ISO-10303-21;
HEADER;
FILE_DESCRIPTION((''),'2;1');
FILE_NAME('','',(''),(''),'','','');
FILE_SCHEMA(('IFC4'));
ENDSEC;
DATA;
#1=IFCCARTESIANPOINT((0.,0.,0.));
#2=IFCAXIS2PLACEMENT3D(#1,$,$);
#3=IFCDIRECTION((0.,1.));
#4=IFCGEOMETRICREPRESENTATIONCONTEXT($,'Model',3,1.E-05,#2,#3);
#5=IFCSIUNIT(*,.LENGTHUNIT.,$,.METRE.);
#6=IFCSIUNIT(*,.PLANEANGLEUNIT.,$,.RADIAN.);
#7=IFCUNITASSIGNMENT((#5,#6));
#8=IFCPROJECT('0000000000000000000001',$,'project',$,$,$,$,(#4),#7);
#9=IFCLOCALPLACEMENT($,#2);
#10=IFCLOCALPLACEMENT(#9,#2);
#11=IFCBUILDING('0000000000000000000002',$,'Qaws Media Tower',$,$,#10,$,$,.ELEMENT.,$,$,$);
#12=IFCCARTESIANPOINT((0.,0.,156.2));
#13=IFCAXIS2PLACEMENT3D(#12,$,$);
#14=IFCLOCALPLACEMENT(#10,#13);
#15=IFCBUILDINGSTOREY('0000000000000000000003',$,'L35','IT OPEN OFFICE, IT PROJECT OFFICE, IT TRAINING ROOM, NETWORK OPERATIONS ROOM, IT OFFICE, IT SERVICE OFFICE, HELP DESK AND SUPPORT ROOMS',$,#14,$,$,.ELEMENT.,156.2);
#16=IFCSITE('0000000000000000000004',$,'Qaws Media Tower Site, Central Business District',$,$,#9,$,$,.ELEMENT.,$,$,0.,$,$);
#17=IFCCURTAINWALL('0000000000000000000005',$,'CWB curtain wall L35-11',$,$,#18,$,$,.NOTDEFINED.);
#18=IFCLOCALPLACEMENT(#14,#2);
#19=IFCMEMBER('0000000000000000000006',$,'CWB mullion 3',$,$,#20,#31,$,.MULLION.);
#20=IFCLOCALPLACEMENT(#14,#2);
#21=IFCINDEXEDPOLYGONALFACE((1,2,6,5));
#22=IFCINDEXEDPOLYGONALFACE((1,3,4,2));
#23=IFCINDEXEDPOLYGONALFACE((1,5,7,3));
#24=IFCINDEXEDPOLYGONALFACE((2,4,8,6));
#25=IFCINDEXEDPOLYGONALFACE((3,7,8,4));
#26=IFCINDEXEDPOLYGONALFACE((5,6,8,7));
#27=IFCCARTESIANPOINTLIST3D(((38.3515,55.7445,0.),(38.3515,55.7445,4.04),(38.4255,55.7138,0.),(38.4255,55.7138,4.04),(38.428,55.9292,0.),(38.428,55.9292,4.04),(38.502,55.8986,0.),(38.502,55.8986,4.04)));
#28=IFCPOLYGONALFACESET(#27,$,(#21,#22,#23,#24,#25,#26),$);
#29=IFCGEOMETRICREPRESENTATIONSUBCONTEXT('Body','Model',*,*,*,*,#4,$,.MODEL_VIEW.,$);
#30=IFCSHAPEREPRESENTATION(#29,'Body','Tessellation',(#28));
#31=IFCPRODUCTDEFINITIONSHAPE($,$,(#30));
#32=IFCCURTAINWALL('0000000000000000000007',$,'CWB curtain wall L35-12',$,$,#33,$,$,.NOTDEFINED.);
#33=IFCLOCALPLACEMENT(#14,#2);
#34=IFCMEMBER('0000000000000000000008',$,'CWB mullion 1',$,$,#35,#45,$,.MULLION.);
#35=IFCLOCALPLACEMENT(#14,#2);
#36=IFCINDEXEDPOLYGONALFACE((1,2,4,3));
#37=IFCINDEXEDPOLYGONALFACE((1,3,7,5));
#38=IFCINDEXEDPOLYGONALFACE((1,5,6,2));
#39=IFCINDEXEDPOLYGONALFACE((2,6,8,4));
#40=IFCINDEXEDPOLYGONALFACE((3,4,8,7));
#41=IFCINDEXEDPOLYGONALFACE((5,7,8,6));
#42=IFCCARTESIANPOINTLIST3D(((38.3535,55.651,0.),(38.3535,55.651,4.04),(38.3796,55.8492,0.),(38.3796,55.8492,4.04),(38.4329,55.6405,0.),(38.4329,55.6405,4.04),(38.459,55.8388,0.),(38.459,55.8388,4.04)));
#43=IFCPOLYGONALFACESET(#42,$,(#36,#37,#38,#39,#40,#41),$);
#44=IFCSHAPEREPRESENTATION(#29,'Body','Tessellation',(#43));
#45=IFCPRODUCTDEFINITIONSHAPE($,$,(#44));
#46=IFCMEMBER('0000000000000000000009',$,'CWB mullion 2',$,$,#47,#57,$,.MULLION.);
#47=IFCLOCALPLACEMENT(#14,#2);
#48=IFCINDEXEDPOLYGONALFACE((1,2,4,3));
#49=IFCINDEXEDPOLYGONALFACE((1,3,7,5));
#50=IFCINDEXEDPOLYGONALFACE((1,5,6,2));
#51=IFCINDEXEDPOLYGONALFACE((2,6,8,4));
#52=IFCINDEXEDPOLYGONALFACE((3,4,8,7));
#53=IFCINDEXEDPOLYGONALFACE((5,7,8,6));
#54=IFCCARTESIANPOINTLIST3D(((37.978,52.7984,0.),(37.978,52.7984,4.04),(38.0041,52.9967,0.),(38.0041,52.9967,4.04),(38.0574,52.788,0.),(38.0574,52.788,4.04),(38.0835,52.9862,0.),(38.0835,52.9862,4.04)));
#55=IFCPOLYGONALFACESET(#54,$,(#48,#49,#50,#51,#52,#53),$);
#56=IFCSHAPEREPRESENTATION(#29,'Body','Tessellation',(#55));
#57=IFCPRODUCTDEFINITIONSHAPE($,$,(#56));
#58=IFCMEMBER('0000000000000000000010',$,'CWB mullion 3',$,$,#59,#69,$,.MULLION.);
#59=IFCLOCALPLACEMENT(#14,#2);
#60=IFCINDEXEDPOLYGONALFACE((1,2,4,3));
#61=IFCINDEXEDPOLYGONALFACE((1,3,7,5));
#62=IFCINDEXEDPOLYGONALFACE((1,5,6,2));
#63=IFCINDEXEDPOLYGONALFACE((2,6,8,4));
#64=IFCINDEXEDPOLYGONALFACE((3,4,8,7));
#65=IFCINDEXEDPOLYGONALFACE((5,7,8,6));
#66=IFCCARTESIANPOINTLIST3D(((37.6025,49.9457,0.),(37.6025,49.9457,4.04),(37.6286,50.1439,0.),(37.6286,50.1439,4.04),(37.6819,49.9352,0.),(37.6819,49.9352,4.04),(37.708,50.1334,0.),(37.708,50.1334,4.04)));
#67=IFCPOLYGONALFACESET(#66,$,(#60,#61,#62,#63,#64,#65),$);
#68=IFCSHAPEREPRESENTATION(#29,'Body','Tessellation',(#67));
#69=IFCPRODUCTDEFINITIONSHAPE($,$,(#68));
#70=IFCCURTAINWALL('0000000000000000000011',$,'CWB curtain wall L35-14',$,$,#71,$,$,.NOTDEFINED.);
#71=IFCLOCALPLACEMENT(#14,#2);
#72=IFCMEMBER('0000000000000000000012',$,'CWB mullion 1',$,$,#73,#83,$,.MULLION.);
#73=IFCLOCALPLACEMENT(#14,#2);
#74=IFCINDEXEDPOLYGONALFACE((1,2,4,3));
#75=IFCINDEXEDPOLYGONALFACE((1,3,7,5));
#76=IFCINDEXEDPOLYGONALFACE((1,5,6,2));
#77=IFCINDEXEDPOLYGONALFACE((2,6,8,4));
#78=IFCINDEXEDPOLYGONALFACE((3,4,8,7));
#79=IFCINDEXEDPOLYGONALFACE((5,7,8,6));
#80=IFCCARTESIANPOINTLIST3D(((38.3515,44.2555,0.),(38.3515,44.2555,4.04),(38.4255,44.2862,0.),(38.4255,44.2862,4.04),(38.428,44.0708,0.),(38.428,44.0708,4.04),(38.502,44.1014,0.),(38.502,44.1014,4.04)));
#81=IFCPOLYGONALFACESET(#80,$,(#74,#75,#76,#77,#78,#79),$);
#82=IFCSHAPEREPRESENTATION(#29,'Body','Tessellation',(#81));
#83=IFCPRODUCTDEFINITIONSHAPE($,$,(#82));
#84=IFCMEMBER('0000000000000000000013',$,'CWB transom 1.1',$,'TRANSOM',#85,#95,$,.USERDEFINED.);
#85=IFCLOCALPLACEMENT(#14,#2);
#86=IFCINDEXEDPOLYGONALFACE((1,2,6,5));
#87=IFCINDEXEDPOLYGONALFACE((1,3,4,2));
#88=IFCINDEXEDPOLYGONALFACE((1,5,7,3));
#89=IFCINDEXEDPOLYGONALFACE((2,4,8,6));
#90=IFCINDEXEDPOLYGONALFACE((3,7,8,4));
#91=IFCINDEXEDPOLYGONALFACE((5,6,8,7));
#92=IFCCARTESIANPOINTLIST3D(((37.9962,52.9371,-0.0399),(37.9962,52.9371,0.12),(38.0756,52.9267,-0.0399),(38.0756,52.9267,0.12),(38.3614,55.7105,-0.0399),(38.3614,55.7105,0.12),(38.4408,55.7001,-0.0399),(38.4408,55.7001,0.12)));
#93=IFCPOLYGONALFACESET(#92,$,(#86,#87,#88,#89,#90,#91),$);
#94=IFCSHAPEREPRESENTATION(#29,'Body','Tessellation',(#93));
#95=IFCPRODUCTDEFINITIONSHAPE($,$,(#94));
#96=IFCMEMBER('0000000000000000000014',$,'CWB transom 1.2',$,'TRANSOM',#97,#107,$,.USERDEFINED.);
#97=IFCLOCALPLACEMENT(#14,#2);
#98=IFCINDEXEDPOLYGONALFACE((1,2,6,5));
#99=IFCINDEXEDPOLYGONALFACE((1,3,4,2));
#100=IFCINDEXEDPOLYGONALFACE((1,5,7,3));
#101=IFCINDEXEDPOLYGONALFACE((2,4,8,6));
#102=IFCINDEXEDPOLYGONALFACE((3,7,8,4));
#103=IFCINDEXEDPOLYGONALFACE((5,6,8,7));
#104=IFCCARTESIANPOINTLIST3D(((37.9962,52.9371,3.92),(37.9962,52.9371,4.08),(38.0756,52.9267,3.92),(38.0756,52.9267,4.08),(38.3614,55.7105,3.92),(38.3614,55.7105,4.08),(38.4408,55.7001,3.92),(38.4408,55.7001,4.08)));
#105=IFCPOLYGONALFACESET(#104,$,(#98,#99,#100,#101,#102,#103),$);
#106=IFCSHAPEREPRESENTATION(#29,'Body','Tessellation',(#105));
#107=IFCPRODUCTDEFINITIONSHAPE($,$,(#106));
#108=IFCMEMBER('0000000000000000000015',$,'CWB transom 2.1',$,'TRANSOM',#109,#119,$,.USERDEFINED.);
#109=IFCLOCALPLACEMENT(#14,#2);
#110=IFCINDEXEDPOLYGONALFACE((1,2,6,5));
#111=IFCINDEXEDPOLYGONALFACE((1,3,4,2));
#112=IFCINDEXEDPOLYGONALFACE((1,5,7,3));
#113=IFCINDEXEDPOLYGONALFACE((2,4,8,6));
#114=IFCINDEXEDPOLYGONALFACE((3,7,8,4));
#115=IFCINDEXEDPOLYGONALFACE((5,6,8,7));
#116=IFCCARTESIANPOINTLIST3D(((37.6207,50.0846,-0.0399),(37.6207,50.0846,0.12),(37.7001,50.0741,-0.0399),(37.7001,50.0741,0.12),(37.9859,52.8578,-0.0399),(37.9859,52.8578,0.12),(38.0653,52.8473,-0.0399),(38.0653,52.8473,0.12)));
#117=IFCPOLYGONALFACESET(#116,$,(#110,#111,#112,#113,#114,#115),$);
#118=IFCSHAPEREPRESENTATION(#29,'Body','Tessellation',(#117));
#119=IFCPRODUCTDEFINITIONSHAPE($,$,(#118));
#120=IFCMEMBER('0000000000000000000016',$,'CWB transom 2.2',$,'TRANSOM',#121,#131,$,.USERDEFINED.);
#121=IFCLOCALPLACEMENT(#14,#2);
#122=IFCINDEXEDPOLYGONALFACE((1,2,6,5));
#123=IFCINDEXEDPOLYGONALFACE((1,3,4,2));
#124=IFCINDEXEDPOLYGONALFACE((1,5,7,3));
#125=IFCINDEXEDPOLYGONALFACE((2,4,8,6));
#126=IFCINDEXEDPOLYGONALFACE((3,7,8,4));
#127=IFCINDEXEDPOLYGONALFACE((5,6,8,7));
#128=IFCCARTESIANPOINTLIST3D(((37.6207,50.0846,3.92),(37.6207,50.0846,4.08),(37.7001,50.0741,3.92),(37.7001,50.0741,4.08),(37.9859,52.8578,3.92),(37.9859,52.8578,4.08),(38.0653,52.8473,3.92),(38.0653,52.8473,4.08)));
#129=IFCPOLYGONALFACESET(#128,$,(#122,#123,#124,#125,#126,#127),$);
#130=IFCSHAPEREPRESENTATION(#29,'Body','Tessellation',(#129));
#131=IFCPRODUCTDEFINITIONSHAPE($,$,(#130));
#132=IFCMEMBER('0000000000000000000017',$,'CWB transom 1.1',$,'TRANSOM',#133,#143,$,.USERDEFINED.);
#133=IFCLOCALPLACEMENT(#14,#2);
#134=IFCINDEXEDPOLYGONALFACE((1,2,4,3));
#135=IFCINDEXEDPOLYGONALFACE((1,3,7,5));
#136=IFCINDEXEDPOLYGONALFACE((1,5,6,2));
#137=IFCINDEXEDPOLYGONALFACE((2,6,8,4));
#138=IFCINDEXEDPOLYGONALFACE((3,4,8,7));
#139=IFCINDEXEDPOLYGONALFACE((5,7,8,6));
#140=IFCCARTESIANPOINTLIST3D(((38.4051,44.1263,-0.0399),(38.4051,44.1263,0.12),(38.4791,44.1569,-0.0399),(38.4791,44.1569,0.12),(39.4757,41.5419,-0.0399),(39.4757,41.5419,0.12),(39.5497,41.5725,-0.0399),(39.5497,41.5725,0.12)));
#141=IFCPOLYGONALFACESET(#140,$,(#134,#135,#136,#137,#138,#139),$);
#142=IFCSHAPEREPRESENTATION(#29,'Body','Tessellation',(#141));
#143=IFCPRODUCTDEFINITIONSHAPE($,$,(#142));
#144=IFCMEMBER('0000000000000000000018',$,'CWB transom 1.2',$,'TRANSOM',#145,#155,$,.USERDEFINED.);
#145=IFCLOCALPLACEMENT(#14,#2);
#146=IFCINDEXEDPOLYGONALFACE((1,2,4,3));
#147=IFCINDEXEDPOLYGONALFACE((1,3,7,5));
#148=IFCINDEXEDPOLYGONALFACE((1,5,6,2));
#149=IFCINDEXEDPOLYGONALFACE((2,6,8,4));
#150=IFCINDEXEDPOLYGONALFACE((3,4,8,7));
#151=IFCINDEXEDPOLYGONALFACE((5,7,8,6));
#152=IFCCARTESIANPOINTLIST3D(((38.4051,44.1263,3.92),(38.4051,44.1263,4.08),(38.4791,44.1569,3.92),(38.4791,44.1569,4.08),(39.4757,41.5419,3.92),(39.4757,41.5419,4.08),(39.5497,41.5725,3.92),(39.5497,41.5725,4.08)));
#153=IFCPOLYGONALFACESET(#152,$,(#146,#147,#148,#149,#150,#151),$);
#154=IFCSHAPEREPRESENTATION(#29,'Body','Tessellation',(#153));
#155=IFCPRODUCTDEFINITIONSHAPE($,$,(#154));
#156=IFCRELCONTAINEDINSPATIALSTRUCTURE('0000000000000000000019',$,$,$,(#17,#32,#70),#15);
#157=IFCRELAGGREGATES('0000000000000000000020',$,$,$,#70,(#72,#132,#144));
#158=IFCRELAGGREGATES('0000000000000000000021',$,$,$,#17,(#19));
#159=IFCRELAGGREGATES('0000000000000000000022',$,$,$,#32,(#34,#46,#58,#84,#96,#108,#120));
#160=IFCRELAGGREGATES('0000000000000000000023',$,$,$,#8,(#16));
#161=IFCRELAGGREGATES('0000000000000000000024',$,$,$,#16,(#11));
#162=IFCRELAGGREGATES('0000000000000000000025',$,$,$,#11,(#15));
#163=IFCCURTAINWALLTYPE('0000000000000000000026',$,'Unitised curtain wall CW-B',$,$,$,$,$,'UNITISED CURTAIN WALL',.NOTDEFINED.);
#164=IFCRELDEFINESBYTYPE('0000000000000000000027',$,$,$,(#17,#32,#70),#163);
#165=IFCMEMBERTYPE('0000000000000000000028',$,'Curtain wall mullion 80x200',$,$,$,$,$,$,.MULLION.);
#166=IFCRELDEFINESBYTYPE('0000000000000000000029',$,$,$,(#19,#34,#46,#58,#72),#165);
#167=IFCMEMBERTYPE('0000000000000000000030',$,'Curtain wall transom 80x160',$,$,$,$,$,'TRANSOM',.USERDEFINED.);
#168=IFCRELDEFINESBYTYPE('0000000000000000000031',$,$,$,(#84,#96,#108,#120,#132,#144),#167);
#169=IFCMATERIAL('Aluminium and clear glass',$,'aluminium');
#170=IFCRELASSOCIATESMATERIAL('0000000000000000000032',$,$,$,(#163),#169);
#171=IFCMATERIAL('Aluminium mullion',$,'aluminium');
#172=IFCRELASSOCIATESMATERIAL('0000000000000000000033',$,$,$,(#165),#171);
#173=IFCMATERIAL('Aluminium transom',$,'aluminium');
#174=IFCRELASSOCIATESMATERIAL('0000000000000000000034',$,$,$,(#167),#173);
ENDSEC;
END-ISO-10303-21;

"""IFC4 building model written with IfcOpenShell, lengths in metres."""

from ifc_helpers import new_model, si_unit, direction, frame, origin, origin_2d, place, context, subcontext, project, spatial, rectangle, extrude, material, material_profile, profile_set, type_object, element, aggregate, save


model = new_model("IFC4")

# Units and contexts
model_context = context("Model", 3, precision=1e-05, world=origin(), true_north=direction((0.0, 1.0)))
body_context = subcontext(model_context, "Body", "Model", "MODEL_VIEW")
ifc_project = project(units=[si_unit("LENGTHUNIT", "METRE"), si_unit("PLANEANGLEUNIT", "RADIAN")], contexts=[model_context])

# Site, building, storey
site_placement = place(None, origin())
site = spatial("IfcSite", under=ifc_project, at=site_placement, Name="Qaws Media Tower Site, Central Business District", CompositionType="ELEMENT", RefElevation=0.0)
building_placement = place(site_placement, origin())
building = spatial("IfcBuilding", under=site, at=building_placement, Name="Qaws Media Tower", CompositionType="ELEMENT")
storey_placement = place(building_placement, frame((0.0, 0.0, 156.2)))
storey = spatial("IfcBuildingStorey", under=building, at=storey_placement, Name="L35", Description="IT OPEN OFFICE, IT PROJECT OFFICE, IT TRAINING ROOM, NETWORK OPERATIONS ROOM, IT OFFICE, IT SERVICE OFFICE, HELP DESK AND SUPPORT ROOMS", CompositionType="ELEMENT", Elevation=156.2)

# Curtain wall, member
ifc_material_1 = material(Name="Aluminium and clear glass", Category="aluminium")
curtain_wall_type = type_object("IfcCurtainWallType", Name="Unitised curtain wall CW-B", ElementType="UNITISED CURTAIN WALL", PredefinedType="NOTDEFINED", material=ifc_material_1)
curtain_wall_1_placement = place(storey_placement, origin())
curtain_wall_1 = element("IfcCurtainWall", 1, at=curtain_wall_1_placement, inside=storey, type_object=curtain_wall_type, Name="CWB curtain wall L35-11", PredefinedType="NOTDEFINED")
ifc_material_2 = material(Name="Aluminium mullion", Category="aluminium")
ifc_material_profile_1 = material_profile(ifc_material_2, rectangle(XDim=0.0801, YDim=0.2, at=origin_2d()), Name="80x200")
ifc_profile_set_1 = profile_set([ifc_material_profile_1], Name="Aluminium mullion")
member_type_1 = type_object("IfcMemberType", Name="Curtain wall mullion 80x200", PredefinedType="MULLION", material=ifc_profile_set_1)
member_1_placement = place(storey_placement, frame((38.4268, 55.8215, 0.0), z_axis=(0.0, 0.0, 1.0), x_axis=(0.92388, -0.382683, 0.0)))
member_1 = element("IfcMember", 2, at=member_1_placement, type_object=member_type_1, Name="CWB mullion 3", PredefinedType="MULLION", context=body_context, shape_type="SweptSolid", body=[
    extrude(rectangle(XDim=0.0801, YDim=0.2, at=origin_2d()), origin(), (0.0, 0.0, 1.0), 4.04),
])

# Curtain wall, members
curtain_wall_2_placement = place(storey_placement, origin())
curtain_wall_2 = element("IfcCurtainWall", 3, at=curtain_wall_2_placement, inside=storey, type_object=curtain_wall_type, Name="CWB curtain wall L35-12", PredefinedType="NOTDEFINED")
member_2_placement = place(storey_placement, frame((38.4062, 55.7449, 0.0), z_axis=(0.0, 0.0, 1.0), x_axis=(0.991445, -0.130526, 0.0)))
member_2 = element("IfcMember", 4, at=member_2_placement, type_object=member_type_1, Name="CWB mullion 1", PredefinedType="MULLION", context=body_context, shape_type="SweptSolid", body=[
    extrude(rectangle(XDim=0.0801, YDim=0.2, at=origin_2d()), origin(), (0.0, 0.0, 1.0), 4.04),
])
member_3_placement = place(storey_placement, frame((38.0308, 52.8923, 0.0), z_axis=(0.0, 0.0, 1.0), x_axis=(0.991445, -0.130526, 0.0)))
member_3 = element("IfcMember", 5, at=member_3_placement, type_object=member_type_1, Name="CWB mullion 2", PredefinedType="MULLION", context=body_context, shape_type="SweptSolid", body=[
    extrude(rectangle(XDim=0.0801, YDim=0.2, at=origin_2d()), origin(), (0.0, 0.0, 1.0), 4.04),
])
member_4_placement = place(storey_placement, frame((37.6553, 50.0396, 0.0), z_axis=(0.0, 0.0, 1.0), x_axis=(0.991445, -0.130526, 0.0)))
member_4 = element("IfcMember", 6, at=member_4_placement, type_object=member_type_1, Name="CWB mullion 3", PredefinedType="MULLION", context=body_context, shape_type="SweptSolid", body=[
    extrude(rectangle(XDim=0.0801, YDim=0.2, at=origin_2d()), origin(), (0.0, 0.0, 1.0), 4.04),
])

# Curtain wall, member
curtain_wall_3_placement = place(storey_placement, origin())
curtain_wall_3 = element("IfcCurtainWall", 7, at=curtain_wall_3_placement, inside=storey, type_object=curtain_wall_type, Name="CWB curtain wall L35-14", PredefinedType="NOTDEFINED")
member_5_placement = place(storey_placement, frame((38.4268, 44.1785, 0.0), z_axis=(0.0, 0.0, 1.0), x_axis=(0.92388, 0.382683, 0.0)))
member_5 = element("IfcMember", 8, at=member_5_placement, type_object=member_type_1, Name="CWB mullion 1", PredefinedType="MULLION", context=body_context, shape_type="SweptSolid", body=[
    extrude(rectangle(XDim=0.0801, YDim=0.2, at=origin_2d()), origin(), (0.0, 0.0, 1.0), 4.04),
])

# Members
ifc_material_3 = material(Name="Aluminium transom", Category="aluminium")
ifc_material_profile_2 = material_profile(ifc_material_3, rectangle(XDim=0.0801, YDim=0.1599, at=origin_2d()), Name="80x160")
ifc_profile_set_2 = profile_set([ifc_material_profile_2], Name="Aluminium transom")
member_type_2 = type_object("IfcMemberType", Name="Curtain wall transom 80x160", ElementType="TRANSOM", PredefinedType="USERDEFINED", material=ifc_profile_set_2)
member_6_placement = place(storey_placement, frame((38.4011, 55.7053, 0.04), z_axis=(-0.130563, -0.99144, 0.0), x_axis=(0.99144, -0.130563, 0.0)))
member_6 = element("IfcMember", 9, at=member_6_placement, type_object=member_type_2, Name="CWB transom 1.1", ObjectType="TRANSOM", PredefinedType="USERDEFINED", context=body_context, shape_type="SweptSolid", body=[
    extrude(rectangle(XDim=0.0801, YDim=0.1599, at=origin_2d()), origin(), (0.0, 0.0, 1.0), 2.7974),
])
member_7_placement = place(storey_placement, frame((38.4011, 55.7053, 4.0), z_axis=(-0.130563, -0.99144, 0.0), x_axis=(0.99144, -0.130563, 0.0)))
member_7 = element("IfcMember", 10, at=member_7_placement, type_object=member_type_2, Name="CWB transom 1.2", ObjectType="TRANSOM", PredefinedType="USERDEFINED", context=body_context, shape_type="SweptSolid", body=[
    extrude(rectangle(XDim=0.0801, YDim=0.1599, at=origin_2d()), origin(), (0.0, 0.0, 1.0), 2.7974),
])
member_8_placement = place(storey_placement, frame((38.0256, 52.8525, 0.04), z_axis=(-0.130574, -0.991439, 0.0), x_axis=(0.991439, -0.130574, 0.0)))
member_8 = element("IfcMember", 11, at=member_8_placement, type_object=member_type_2, Name="CWB transom 2.1", ObjectType="TRANSOM", PredefinedType="USERDEFINED", context=body_context, shape_type="SweptSolid", body=[
    extrude(rectangle(XDim=0.0801, YDim=0.1599, at=origin_2d()), origin(), (0.0, 0.0, 1.0), 2.7971),
])
member_9_placement = place(storey_placement, frame((38.0256, 52.8525, 4.0), z_axis=(-0.130574, -0.991439, 0.0), x_axis=(0.991439, -0.130574, 0.0)))
member_9 = element("IfcMember", 12, at=member_9_placement, type_object=member_type_2, Name="CWB transom 2.2", ObjectType="TRANSOM", PredefinedType="USERDEFINED", context=body_context, shape_type="SweptSolid", body=[
    extrude(rectangle(XDim=0.0801, YDim=0.1599, at=origin_2d()), origin(), (0.0, 0.0, 1.0), 2.7971),
])
member_10_placement = place(storey_placement, frame((38.4421, 44.1416, 0.04), z_axis=(0.382694, -0.923875, 0.0), x_axis=(0.923875, 0.382694, 0.0)))
member_10 = element("IfcMember", 13, at=member_10_placement, type_object=member_type_2, Name="CWB transom 1.1", ObjectType="TRANSOM", PredefinedType="USERDEFINED", context=body_context, shape_type="SweptSolid", body=[
    extrude(rectangle(XDim=0.0801, YDim=0.1599, at=origin_2d()), origin(), (0.0, 0.0, 1.0), 2.7974),
])
member_11_placement = place(storey_placement, frame((38.4421, 44.1416, 4.0), z_axis=(0.382694, -0.923875, 0.0), x_axis=(0.923875, 0.382694, 0.0)))
member_11 = element("IfcMember", 14, at=member_11_placement, type_object=member_type_2, Name="CWB transom 1.2", ObjectType="TRANSOM", PredefinedType="USERDEFINED", context=body_context, shape_type="SweptSolid", body=[
    extrude(rectangle(XDim=0.0801, YDim=0.1599, at=origin_2d()), origin(), (0.0, 0.0, 1.0), 2.7974),
])
aggregate(curtain_wall_3, [member_5, member_10, member_11])

aggregate(curtain_wall_1, [member_1])
aggregate(curtain_wall_2, [member_2, member_3, member_4, member_6, member_7, member_8, member_9])

save(model, "model.ifc")
